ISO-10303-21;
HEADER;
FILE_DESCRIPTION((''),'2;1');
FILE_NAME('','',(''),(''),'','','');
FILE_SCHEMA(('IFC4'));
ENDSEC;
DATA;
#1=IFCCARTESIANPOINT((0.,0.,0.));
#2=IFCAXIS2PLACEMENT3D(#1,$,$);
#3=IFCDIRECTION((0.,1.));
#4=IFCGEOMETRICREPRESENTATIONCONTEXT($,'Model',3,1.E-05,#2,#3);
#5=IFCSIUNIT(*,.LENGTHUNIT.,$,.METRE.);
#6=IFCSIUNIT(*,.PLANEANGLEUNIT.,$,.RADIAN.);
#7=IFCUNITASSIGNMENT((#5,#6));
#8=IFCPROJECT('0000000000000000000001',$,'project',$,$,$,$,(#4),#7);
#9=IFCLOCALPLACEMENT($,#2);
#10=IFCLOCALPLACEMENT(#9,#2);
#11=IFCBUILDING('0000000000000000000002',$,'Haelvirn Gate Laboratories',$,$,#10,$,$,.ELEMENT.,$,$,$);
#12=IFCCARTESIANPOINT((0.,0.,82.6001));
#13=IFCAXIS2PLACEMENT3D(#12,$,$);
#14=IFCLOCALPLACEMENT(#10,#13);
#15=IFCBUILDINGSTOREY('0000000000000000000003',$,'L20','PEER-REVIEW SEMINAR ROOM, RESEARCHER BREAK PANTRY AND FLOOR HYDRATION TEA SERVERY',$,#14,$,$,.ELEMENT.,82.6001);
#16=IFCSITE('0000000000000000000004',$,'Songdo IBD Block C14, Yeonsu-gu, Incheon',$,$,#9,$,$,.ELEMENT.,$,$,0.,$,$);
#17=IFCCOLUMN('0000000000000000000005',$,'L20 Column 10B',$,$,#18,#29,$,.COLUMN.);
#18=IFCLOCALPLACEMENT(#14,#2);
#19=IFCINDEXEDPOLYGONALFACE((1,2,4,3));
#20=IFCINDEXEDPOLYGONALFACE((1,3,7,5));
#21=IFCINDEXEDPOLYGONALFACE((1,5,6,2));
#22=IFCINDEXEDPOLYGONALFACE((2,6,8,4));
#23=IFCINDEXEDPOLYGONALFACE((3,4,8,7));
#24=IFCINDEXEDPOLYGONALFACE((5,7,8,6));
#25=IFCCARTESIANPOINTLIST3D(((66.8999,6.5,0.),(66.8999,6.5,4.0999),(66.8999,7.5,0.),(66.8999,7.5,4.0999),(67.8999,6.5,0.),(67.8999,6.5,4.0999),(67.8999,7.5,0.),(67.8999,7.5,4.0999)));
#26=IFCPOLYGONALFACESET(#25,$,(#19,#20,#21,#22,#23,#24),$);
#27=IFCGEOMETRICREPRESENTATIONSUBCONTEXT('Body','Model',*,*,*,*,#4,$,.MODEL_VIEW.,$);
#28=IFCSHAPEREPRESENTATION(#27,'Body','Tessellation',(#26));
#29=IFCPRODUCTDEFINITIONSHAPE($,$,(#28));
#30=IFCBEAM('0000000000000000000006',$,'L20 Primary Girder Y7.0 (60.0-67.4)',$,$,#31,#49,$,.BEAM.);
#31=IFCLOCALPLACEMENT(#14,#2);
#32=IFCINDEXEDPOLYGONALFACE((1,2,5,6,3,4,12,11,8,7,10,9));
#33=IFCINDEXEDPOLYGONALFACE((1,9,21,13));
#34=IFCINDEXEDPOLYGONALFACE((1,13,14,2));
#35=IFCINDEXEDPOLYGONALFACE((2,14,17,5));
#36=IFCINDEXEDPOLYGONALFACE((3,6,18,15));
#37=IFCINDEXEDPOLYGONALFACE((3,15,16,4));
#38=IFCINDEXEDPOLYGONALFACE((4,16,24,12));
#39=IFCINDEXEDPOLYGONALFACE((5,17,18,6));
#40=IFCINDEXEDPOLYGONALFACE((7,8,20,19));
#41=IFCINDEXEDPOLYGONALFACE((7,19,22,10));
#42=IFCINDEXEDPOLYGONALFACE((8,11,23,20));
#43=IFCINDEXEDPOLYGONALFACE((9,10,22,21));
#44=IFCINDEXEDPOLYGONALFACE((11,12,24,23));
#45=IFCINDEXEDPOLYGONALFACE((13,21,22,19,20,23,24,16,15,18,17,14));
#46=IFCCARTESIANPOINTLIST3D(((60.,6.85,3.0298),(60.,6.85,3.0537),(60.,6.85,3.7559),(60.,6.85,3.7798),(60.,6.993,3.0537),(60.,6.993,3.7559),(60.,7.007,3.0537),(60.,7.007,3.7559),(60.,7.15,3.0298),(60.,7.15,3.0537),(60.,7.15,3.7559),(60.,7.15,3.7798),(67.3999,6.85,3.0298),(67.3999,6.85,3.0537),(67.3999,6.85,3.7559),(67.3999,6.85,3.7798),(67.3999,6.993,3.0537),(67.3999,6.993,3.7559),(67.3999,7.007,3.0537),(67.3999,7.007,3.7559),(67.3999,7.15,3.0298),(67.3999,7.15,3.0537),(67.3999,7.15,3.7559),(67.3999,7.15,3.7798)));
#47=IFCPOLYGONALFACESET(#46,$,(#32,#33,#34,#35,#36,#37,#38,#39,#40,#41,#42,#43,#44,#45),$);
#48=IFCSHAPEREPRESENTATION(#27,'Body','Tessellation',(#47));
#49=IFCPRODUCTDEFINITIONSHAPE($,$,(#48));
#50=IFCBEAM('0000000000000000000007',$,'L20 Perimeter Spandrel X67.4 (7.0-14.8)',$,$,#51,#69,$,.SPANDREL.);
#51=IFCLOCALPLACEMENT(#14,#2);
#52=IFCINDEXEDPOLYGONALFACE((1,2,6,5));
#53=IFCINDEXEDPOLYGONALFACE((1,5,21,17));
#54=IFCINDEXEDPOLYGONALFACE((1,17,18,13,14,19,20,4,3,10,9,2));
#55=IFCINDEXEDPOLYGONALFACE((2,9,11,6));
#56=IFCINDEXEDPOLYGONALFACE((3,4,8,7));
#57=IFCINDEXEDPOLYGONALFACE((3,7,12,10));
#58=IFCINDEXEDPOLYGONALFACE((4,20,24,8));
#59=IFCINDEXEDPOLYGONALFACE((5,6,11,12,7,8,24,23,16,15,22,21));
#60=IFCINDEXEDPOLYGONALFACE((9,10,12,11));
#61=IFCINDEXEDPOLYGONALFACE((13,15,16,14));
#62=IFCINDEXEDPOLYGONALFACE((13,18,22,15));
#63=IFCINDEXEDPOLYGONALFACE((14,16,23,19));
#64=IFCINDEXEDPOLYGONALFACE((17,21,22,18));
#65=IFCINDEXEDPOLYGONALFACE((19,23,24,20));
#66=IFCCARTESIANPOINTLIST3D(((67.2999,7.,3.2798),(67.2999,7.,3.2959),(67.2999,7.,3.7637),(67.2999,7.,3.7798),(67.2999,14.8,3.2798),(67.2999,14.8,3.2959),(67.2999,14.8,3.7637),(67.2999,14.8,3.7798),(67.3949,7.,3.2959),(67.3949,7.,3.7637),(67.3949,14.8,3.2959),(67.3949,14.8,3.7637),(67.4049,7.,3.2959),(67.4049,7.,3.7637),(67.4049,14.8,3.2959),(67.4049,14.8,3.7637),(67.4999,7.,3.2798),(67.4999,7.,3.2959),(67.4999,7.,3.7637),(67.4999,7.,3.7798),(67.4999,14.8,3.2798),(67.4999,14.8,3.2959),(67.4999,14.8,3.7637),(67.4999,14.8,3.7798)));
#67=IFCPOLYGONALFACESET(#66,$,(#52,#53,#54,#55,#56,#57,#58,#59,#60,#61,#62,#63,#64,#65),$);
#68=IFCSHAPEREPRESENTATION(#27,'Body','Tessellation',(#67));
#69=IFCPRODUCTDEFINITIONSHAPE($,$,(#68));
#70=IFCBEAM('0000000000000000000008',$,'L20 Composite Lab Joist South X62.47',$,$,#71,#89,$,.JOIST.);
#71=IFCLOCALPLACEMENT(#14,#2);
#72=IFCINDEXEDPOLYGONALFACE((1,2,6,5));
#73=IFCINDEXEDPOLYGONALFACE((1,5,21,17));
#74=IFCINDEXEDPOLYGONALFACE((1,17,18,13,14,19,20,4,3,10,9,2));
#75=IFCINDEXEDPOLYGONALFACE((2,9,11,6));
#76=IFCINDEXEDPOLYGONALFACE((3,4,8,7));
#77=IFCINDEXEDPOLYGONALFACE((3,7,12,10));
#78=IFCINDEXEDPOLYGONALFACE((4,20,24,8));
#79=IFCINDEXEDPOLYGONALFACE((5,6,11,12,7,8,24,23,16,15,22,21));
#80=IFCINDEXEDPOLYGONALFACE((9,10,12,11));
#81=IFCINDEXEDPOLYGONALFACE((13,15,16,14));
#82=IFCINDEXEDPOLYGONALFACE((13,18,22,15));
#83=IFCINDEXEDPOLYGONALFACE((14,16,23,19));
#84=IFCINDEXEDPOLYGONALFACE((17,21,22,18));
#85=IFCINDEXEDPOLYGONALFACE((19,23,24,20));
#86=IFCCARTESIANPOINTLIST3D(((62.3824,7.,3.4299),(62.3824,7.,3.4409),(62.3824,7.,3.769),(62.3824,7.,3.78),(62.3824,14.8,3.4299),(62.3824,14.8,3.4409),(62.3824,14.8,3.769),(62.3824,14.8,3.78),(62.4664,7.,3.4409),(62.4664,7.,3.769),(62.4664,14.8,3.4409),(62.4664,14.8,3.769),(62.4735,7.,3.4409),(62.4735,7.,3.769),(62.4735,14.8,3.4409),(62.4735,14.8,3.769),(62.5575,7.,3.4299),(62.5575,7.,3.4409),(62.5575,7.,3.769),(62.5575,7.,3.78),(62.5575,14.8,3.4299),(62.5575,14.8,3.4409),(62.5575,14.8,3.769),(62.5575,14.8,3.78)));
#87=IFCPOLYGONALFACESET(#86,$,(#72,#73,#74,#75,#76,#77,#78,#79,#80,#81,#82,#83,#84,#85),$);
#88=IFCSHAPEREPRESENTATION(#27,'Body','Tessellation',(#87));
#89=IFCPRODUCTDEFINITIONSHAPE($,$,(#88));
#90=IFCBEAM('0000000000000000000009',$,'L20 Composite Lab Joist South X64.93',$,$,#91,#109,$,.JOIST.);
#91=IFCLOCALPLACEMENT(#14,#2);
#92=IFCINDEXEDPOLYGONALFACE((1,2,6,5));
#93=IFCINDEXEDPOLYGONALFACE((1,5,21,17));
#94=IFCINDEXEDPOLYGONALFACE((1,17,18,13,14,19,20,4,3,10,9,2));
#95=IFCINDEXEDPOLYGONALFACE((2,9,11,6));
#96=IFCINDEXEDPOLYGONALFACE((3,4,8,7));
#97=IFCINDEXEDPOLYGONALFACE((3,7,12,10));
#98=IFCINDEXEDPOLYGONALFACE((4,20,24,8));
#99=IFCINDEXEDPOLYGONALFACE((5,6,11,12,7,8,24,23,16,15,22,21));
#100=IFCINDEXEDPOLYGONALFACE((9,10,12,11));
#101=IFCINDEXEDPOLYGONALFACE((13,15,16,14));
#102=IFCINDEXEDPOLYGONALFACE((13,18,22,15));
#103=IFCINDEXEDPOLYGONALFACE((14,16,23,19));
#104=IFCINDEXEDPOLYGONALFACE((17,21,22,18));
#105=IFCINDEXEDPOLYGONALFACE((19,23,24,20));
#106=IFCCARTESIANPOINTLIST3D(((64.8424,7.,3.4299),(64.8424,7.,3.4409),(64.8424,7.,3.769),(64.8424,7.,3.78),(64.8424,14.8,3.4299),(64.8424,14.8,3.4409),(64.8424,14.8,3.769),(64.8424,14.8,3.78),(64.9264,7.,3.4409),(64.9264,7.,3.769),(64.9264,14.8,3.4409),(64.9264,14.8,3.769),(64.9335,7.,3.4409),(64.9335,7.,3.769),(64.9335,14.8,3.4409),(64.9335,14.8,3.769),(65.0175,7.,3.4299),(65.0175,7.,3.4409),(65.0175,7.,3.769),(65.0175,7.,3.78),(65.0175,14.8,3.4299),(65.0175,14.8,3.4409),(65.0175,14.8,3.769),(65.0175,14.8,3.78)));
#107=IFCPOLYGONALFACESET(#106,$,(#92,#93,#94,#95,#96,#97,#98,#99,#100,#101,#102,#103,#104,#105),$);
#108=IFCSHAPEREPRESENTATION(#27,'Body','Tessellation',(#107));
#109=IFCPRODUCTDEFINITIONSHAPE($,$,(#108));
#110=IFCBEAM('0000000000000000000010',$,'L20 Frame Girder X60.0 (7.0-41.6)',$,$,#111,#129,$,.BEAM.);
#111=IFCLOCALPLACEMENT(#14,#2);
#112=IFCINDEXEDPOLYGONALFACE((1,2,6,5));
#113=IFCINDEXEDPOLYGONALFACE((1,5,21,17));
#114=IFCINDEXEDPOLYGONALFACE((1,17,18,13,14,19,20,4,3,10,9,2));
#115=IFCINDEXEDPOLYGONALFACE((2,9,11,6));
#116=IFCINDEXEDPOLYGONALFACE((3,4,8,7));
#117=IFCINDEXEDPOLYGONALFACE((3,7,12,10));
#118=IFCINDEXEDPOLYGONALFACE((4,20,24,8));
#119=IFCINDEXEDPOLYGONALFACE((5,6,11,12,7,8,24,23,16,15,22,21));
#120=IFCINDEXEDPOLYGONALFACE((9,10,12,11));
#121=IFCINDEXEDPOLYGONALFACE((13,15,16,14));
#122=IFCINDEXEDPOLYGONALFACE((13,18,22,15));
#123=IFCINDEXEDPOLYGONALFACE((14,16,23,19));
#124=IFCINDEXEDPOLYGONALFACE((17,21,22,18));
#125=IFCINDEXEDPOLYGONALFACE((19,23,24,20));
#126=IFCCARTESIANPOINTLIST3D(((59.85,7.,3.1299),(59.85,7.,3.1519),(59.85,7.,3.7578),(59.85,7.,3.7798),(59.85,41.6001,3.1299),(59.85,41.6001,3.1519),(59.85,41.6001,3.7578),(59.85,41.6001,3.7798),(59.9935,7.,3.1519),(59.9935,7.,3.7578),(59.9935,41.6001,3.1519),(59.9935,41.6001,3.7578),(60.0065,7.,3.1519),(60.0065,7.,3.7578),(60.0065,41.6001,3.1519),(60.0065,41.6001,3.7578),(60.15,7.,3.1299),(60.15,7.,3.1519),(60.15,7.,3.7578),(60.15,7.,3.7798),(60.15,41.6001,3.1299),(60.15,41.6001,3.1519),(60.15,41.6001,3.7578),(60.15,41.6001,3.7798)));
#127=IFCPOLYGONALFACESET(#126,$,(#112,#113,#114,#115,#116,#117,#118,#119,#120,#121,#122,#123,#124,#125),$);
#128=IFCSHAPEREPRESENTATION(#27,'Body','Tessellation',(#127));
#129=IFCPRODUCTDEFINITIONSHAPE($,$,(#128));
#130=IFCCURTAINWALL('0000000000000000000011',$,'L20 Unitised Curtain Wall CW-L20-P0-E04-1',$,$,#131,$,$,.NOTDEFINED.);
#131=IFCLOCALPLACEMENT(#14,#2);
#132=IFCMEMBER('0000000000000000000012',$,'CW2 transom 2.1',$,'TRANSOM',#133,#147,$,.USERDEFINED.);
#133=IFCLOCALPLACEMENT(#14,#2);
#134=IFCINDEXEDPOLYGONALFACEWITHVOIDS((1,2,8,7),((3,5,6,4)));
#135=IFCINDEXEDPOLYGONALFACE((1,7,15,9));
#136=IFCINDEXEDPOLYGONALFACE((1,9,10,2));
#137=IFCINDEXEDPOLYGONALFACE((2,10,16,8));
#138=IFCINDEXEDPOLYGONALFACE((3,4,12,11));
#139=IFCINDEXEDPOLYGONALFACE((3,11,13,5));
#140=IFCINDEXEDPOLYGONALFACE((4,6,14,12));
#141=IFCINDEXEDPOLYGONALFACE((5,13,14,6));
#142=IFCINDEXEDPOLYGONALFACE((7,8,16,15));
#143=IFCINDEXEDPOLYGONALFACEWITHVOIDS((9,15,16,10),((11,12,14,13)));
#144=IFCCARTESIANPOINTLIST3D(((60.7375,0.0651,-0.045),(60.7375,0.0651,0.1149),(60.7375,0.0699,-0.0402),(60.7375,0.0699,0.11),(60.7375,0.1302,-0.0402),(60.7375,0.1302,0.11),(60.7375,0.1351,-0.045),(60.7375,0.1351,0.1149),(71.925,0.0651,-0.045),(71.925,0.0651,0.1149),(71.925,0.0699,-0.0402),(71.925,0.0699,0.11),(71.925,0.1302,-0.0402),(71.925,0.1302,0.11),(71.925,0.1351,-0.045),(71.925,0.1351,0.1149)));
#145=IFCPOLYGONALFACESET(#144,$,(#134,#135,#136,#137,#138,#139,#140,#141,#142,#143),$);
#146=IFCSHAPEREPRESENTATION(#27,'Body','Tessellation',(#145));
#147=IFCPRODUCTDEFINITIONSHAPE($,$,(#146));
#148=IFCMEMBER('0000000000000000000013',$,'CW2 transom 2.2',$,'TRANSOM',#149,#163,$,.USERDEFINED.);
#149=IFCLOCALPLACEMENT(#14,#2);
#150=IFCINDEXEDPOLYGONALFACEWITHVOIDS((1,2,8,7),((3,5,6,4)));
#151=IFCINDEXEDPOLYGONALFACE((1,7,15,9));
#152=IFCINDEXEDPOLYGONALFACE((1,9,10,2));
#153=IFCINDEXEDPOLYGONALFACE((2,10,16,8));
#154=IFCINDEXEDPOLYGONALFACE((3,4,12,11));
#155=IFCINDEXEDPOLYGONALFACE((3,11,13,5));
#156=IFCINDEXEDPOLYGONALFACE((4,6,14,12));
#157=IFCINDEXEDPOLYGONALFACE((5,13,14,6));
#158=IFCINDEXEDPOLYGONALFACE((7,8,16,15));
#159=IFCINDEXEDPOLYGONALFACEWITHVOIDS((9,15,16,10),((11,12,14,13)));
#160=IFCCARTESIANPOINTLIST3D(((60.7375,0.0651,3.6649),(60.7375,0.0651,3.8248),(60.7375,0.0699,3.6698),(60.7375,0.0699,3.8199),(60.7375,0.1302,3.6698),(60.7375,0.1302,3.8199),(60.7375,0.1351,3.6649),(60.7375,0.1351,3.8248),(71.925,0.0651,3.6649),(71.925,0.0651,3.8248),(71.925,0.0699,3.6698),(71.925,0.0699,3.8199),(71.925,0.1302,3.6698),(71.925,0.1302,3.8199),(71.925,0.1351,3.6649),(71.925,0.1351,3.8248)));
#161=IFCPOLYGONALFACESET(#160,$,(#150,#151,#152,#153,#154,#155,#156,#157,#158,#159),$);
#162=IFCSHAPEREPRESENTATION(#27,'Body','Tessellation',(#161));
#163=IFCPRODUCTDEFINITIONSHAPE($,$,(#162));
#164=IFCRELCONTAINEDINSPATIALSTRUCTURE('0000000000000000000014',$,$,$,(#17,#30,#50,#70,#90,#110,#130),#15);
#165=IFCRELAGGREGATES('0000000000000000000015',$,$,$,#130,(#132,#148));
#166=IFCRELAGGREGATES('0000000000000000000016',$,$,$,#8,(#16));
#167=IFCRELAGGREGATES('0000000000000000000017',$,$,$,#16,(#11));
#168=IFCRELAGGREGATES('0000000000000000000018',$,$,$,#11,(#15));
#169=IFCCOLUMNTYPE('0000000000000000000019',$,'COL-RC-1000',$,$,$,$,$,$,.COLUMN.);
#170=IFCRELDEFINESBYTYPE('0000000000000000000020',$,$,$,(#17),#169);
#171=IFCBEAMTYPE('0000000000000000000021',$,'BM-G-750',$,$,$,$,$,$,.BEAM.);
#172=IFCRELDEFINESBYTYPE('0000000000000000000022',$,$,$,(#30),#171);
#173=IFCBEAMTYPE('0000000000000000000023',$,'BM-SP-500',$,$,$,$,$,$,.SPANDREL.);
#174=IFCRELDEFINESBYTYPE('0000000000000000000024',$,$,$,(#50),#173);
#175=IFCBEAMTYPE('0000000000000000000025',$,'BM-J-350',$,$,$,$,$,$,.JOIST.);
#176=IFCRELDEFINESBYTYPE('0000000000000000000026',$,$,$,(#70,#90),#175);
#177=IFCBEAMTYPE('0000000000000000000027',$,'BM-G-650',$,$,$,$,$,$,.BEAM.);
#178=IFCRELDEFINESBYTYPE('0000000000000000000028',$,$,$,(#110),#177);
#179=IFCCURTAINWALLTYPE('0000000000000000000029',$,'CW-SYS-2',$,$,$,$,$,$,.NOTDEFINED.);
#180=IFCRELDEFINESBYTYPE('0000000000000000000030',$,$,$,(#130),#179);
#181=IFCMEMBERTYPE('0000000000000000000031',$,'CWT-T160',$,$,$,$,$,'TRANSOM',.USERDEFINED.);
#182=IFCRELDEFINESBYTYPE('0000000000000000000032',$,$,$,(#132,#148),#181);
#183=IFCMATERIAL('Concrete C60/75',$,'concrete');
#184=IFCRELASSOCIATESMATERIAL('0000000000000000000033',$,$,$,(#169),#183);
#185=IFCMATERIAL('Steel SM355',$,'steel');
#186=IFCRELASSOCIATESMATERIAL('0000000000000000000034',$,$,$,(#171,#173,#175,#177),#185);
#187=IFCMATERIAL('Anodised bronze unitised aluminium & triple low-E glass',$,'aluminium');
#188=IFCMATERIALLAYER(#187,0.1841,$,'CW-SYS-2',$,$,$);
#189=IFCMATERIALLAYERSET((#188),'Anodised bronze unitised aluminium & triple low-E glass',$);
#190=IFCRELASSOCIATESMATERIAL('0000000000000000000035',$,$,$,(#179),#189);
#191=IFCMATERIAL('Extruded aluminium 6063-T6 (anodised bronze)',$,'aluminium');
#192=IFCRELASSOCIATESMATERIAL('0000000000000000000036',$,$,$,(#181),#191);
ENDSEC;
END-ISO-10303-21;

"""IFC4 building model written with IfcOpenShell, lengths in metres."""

from ifc_helpers import new_model, si_unit, direction, frame, origin, origin_2d, place, context, subcontext, project, spatial, rectangle, hollow_rectangle, i_section, extrude, source, transform, mapped, material, layer, layer_set, material_profile, profile_set, type_object, type_shapes, element, aggregate, save


model = new_model("IFC4")

# Units and contexts
model_context = context("Model", 3, precision=1e-05, world=origin(), true_north=direction((0.0, 1.0)))
body_context = subcontext(model_context, "Body", "Model", "MODEL_VIEW")
ifc_project = project(units=[si_unit("LENGTHUNIT", "METRE"), si_unit("PLANEANGLEUNIT", "RADIAN")], contexts=[model_context])

# Site, building, storey
site_placement = place(None, origin())
site = spatial("IfcSite", under=ifc_project, at=site_placement, Name="Songdo IBD Block C14, Yeonsu-gu, Incheon", CompositionType="ELEMENT", RefElevation=0.0)
building_placement = place(site_placement, origin())
building = spatial("IfcBuilding", under=site, at=building_placement, Name="Haelvirn Gate Laboratories", CompositionType="ELEMENT")
storey_placement = place(building_placement, frame((0.0, 0.0, 82.6001)))
storey = spatial("IfcBuildingStorey", under=building, at=storey_placement, Name="L20", Description="PEER-REVIEW SEMINAR ROOM, RESEARCHER BREAK PANTRY AND FLOOR HYDRATION TEA SERVERY", CompositionType="ELEMENT", Elevation=82.6001)

# Column
ifc_material_1 = material(Name="Concrete C60/75", Category="concrete")
ifc_material_profile_1 = material_profile(ifc_material_1, rectangle(XDim=1.0, YDim=1.0, at=origin_2d()), Name="RC-1000x1000")
ifc_profile_set_1 = profile_set([ifc_material_profile_1], Name="Concrete C60/75")
column_type = type_object("IfcColumnType", Name="COL-RC-1000", PredefinedType="COLUMN", material=ifc_profile_set_1)
shared_shape_1 = source(origin(), body_context, "Body", "SweptSolid", [
    extrude(rectangle(XDim=1.0, YDim=1.0, at=origin_2d()), origin(), (0.0, 0.0, 1.0), 4.0999),
])
type_shapes(column_type, [shared_shape_1])
column_placement = place(storey_placement, frame((67.3999, 7.0, 0.0), z_axis=(0.0, 0.0, 1.0), x_axis=(1.0, 0.0, 0.0)))
element("IfcColumn", 1, at=column_placement, inside=storey, type_object=column_type, Name="L20 Column 10B", PredefinedType="COLUMN", context=body_context, shape_type="MappedRepresentation", body=[
    mapped(shared_shape_1, transform((0.0, 0.0, 0.0), scale=1.0)),
])

# Beams
ifc_material_2 = material(Name="Steel SM355", Category="steel")
ifc_material_profile_2 = material_profile(ifc_material_2, i_section(OverallWidth=0.3, OverallDepth=0.75, WebThickness=0.0139, FlangeThickness=0.0239, at=origin_2d()), Name="H-750x300x14x24")
ifc_profile_set_2 = profile_set([ifc_material_profile_2], Name="Steel SM355")
beam_type_1 = type_object("IfcBeamType", Name="BM-G-750", PredefinedType="BEAM", material=ifc_profile_set_2)
shared_shape_2 = source(origin(), body_context, "Body", "SweptSolid", [
    extrude(i_section(OverallWidth=0.3, OverallDepth=0.75, WebThickness=0.0139, FlangeThickness=0.0239, at=origin_2d()), origin(), (0.0, 0.0, 1.0), 7.3999),
])
type_shapes(beam_type_1, [shared_shape_2])
beam_1_placement = place(storey_placement, frame((60.0, 7.0, 3.4048), z_axis=(1.0, 0.0, 0.0), x_axis=(0.0, 1.0, 0.0)))
element("IfcBeam", 2, at=beam_1_placement, inside=storey, type_object=beam_type_1, Name="L20 Primary Girder Y7.0 (60.0-67.4)", PredefinedType="BEAM", context=body_context, shape_type="MappedRepresentation", body=[
    mapped(shared_shape_2, transform((0.0, 0.0, 0.0), scale=1.0)),
])
ifc_material_profile_3 = material_profile(ifc_material_2, i_section(OverallWidth=0.2, OverallDepth=0.5, WebThickness=0.01, FlangeThickness=0.0161, at=origin_2d()), Name="H-500x200x10x16")
ifc_profile_set_3 = profile_set([ifc_material_profile_3], Name="Steel SM355")
beam_type_2 = type_object("IfcBeamType", Name="BM-SP-500", PredefinedType="SPANDREL", material=ifc_profile_set_3)
shared_shape_3 = source(origin(), body_context, "Body", "SweptSolid", [
    extrude(i_section(OverallWidth=0.2, OverallDepth=0.5, WebThickness=0.01, FlangeThickness=0.0161, at=origin_2d()), origin(), (0.0, 0.0, 1.0), 7.8),
])
type_shapes(beam_type_2, [shared_shape_3])
beam_2_placement = place(storey_placement, frame((67.3999, 7.0, 3.5298), z_axis=(0.0, 1.0, 0.0), x_axis=(-1.0, 0.0, 0.0)))
element("IfcBeam", 3, at=beam_2_placement, inside=storey, type_object=beam_type_2, Name="L20 Perimeter Spandrel X67.4 (7.0-14.8)", PredefinedType="SPANDREL", context=body_context, shape_type="MappedRepresentation", body=[
    mapped(shared_shape_3, transform((0.0, 0.0, 0.0), scale=1.0)),
])
ifc_material_profile_4 = material_profile(ifc_material_2, i_section(OverallWidth=0.175, OverallDepth=0.3501, WebThickness=0.0071, FlangeThickness=0.011, at=origin_2d()), Name="H-350x175x7x11")
ifc_profile_set_4 = profile_set([ifc_material_profile_4], Name="Steel SM355")
beam_type_3 = type_object("IfcBeamType", Name="BM-J-350", PredefinedType="JOIST", material=ifc_profile_set_4)
shared_shape_4 = source(origin(), body_context, "Body", "SweptSolid", [
    extrude(i_section(OverallWidth=0.175, OverallDepth=0.3501, WebThickness=0.0071, FlangeThickness=0.011, at=origin_2d()), origin(), (0.0, 0.0, 1.0), 7.8),
])
type_shapes(beam_type_3, [shared_shape_4])
for number, where, z_axis, x_axis, name in (
    (4, (62.47, 7.0, 3.605), (0.0, 1.0, 0.0), (-1.0, 0.0, 0.0), "L20 Composite Lab Joist South X62.47"),
    (5, (64.9299, 7.0, 3.605), (0.0, 1.0, 0.0), (-1.0, 0.0, 0.0), "L20 Composite Lab Joist South X64.93"),
):
    element("IfcBeam", number, at=place(storey_placement, frame(where, z_axis=z_axis, x_axis=x_axis)), inside=storey, type_object=beam_type_3, Name=name, PredefinedType="JOIST", context=body_context, shape_type="MappedRepresentation", body=[
        mapped(shared_shape_4, transform((0.0, 0.0, 0.0), scale=1.0)),
    ])
ifc_material_profile_5 = material_profile(ifc_material_2, i_section(OverallWidth=0.3, OverallDepth=0.6499, WebThickness=0.0129, FlangeThickness=0.022, at=origin_2d()), Name="H-650x300x13x22")
ifc_profile_set_5 = profile_set([ifc_material_profile_5], Name="Steel SM355")
beam_type_4 = type_object("IfcBeamType", Name="BM-G-650", PredefinedType="BEAM", material=ifc_profile_set_5)
shared_shape_5 = source(origin(), body_context, "Body", "SweptSolid", [
    extrude(i_section(OverallWidth=0.3, OverallDepth=0.6499, WebThickness=0.0129, FlangeThickness=0.022, at=origin_2d()), origin(), (0.0, 0.0, 1.0), 34.6001),
])
type_shapes(beam_type_4, [shared_shape_5])
beam_3_placement = place(storey_placement, frame((60.0, 7.0, 3.4548), z_axis=(0.0, 1.0, 0.0), x_axis=(-1.0, 0.0, 0.0)))
element("IfcBeam", 6, at=beam_3_placement, inside=storey, type_object=beam_type_4, Name="L20 Frame Girder X60.0 (7.0-41.6)", PredefinedType="BEAM", context=body_context, shape_type="MappedRepresentation", body=[
    mapped(shared_shape_5, transform((0.0, 0.0, 0.0), scale=1.0)),
])

# Curtain wall, members
ifc_material_3 = material(Name="Anodised bronze unitised aluminium & triple low-E glass", Category="aluminium")
ifc_layer_1 = layer(ifc_material_3, 0.1841, Name="CW-SYS-2")
ifc_layer_set_1 = layer_set([ifc_layer_1], Name="Anodised bronze unitised aluminium & triple low-E glass")
curtain_wall_type_1 = type_object("IfcCurtainWallType", Name="CW-SYS-2", PredefinedType="NOTDEFINED", material=ifc_layer_set_1)
curtain_wall_1_placement = place(storey_placement, origin())
curtain_wall_1 = element("IfcCurtainWall", 7, at=curtain_wall_1_placement, inside=storey, type_object=curtain_wall_type_1, Name="L20 Unitised Curtain Wall CW-L20-P0-E04-1", PredefinedType="NOTDEFINED")
ifc_material_4 = material(Name="Extruded aluminium 6063-T6 (anodised bronze)", Category="aluminium")
ifc_material_profile_6 = material_profile(ifc_material_4, hollow_rectangle(XDim=0.0701, YDim=0.1599, WallThickness=0.0049, at=origin_2d()), Name="CWT-160x70x5")
ifc_profile_set_6 = profile_set([ifc_material_profile_6], Name="Extruded aluminium 6063-T6 (anodised bronze)")
member_type_1 = type_object("IfcMemberType", Name="CWT-T160", ElementType="TRANSOM", PredefinedType="USERDEFINED", material=ifc_profile_set_6)
shared_shape_6 = source(origin(), body_context, "Body", "SweptSolid", [
    extrude(hollow_rectangle(XDim=0.0701, YDim=0.1599, WallThickness=0.0049, at=origin_2d()), origin(), (0.0, 0.0, 1.0), 11.1875),
])
member_1_placement = place(storey_placement, frame((60.7375, 0.1001, 0.0349), z_axis=(1.0, 0.0, 0.0), x_axis=(0.0, 1.0, 0.0)))
member_1 = element("IfcMember", 8, at=member_1_placement, type_object=member_type_1, Name="CW2 transom 2.1", ObjectType="TRANSOM", PredefinedType="USERDEFINED", context=body_context, shape_type="MappedRepresentation", body=[
    mapped(shared_shape_6, transform((0.0, 0.0, 0.0), scale=1.0)),
])
member_2_placement = place(storey_placement, frame((60.7375, 0.1001, 3.7449), z_axis=(1.0, 0.0, 0.0), x_axis=(0.0, 1.0, 0.0)))
member_2 = element("IfcMember", 9, at=member_2_placement, type_object=member_type_1, Name="CW2 transom 2.2", ObjectType="TRANSOM", PredefinedType="USERDEFINED", context=body_context, shape_type="MappedRepresentation", body=[
    mapped(shared_shape_6, transform((0.0, 0.0, 0.0), scale=1.0)),
])

aggregate(curtain_wall_1, [member_1, member_2])

save(model, "model.ifc")
